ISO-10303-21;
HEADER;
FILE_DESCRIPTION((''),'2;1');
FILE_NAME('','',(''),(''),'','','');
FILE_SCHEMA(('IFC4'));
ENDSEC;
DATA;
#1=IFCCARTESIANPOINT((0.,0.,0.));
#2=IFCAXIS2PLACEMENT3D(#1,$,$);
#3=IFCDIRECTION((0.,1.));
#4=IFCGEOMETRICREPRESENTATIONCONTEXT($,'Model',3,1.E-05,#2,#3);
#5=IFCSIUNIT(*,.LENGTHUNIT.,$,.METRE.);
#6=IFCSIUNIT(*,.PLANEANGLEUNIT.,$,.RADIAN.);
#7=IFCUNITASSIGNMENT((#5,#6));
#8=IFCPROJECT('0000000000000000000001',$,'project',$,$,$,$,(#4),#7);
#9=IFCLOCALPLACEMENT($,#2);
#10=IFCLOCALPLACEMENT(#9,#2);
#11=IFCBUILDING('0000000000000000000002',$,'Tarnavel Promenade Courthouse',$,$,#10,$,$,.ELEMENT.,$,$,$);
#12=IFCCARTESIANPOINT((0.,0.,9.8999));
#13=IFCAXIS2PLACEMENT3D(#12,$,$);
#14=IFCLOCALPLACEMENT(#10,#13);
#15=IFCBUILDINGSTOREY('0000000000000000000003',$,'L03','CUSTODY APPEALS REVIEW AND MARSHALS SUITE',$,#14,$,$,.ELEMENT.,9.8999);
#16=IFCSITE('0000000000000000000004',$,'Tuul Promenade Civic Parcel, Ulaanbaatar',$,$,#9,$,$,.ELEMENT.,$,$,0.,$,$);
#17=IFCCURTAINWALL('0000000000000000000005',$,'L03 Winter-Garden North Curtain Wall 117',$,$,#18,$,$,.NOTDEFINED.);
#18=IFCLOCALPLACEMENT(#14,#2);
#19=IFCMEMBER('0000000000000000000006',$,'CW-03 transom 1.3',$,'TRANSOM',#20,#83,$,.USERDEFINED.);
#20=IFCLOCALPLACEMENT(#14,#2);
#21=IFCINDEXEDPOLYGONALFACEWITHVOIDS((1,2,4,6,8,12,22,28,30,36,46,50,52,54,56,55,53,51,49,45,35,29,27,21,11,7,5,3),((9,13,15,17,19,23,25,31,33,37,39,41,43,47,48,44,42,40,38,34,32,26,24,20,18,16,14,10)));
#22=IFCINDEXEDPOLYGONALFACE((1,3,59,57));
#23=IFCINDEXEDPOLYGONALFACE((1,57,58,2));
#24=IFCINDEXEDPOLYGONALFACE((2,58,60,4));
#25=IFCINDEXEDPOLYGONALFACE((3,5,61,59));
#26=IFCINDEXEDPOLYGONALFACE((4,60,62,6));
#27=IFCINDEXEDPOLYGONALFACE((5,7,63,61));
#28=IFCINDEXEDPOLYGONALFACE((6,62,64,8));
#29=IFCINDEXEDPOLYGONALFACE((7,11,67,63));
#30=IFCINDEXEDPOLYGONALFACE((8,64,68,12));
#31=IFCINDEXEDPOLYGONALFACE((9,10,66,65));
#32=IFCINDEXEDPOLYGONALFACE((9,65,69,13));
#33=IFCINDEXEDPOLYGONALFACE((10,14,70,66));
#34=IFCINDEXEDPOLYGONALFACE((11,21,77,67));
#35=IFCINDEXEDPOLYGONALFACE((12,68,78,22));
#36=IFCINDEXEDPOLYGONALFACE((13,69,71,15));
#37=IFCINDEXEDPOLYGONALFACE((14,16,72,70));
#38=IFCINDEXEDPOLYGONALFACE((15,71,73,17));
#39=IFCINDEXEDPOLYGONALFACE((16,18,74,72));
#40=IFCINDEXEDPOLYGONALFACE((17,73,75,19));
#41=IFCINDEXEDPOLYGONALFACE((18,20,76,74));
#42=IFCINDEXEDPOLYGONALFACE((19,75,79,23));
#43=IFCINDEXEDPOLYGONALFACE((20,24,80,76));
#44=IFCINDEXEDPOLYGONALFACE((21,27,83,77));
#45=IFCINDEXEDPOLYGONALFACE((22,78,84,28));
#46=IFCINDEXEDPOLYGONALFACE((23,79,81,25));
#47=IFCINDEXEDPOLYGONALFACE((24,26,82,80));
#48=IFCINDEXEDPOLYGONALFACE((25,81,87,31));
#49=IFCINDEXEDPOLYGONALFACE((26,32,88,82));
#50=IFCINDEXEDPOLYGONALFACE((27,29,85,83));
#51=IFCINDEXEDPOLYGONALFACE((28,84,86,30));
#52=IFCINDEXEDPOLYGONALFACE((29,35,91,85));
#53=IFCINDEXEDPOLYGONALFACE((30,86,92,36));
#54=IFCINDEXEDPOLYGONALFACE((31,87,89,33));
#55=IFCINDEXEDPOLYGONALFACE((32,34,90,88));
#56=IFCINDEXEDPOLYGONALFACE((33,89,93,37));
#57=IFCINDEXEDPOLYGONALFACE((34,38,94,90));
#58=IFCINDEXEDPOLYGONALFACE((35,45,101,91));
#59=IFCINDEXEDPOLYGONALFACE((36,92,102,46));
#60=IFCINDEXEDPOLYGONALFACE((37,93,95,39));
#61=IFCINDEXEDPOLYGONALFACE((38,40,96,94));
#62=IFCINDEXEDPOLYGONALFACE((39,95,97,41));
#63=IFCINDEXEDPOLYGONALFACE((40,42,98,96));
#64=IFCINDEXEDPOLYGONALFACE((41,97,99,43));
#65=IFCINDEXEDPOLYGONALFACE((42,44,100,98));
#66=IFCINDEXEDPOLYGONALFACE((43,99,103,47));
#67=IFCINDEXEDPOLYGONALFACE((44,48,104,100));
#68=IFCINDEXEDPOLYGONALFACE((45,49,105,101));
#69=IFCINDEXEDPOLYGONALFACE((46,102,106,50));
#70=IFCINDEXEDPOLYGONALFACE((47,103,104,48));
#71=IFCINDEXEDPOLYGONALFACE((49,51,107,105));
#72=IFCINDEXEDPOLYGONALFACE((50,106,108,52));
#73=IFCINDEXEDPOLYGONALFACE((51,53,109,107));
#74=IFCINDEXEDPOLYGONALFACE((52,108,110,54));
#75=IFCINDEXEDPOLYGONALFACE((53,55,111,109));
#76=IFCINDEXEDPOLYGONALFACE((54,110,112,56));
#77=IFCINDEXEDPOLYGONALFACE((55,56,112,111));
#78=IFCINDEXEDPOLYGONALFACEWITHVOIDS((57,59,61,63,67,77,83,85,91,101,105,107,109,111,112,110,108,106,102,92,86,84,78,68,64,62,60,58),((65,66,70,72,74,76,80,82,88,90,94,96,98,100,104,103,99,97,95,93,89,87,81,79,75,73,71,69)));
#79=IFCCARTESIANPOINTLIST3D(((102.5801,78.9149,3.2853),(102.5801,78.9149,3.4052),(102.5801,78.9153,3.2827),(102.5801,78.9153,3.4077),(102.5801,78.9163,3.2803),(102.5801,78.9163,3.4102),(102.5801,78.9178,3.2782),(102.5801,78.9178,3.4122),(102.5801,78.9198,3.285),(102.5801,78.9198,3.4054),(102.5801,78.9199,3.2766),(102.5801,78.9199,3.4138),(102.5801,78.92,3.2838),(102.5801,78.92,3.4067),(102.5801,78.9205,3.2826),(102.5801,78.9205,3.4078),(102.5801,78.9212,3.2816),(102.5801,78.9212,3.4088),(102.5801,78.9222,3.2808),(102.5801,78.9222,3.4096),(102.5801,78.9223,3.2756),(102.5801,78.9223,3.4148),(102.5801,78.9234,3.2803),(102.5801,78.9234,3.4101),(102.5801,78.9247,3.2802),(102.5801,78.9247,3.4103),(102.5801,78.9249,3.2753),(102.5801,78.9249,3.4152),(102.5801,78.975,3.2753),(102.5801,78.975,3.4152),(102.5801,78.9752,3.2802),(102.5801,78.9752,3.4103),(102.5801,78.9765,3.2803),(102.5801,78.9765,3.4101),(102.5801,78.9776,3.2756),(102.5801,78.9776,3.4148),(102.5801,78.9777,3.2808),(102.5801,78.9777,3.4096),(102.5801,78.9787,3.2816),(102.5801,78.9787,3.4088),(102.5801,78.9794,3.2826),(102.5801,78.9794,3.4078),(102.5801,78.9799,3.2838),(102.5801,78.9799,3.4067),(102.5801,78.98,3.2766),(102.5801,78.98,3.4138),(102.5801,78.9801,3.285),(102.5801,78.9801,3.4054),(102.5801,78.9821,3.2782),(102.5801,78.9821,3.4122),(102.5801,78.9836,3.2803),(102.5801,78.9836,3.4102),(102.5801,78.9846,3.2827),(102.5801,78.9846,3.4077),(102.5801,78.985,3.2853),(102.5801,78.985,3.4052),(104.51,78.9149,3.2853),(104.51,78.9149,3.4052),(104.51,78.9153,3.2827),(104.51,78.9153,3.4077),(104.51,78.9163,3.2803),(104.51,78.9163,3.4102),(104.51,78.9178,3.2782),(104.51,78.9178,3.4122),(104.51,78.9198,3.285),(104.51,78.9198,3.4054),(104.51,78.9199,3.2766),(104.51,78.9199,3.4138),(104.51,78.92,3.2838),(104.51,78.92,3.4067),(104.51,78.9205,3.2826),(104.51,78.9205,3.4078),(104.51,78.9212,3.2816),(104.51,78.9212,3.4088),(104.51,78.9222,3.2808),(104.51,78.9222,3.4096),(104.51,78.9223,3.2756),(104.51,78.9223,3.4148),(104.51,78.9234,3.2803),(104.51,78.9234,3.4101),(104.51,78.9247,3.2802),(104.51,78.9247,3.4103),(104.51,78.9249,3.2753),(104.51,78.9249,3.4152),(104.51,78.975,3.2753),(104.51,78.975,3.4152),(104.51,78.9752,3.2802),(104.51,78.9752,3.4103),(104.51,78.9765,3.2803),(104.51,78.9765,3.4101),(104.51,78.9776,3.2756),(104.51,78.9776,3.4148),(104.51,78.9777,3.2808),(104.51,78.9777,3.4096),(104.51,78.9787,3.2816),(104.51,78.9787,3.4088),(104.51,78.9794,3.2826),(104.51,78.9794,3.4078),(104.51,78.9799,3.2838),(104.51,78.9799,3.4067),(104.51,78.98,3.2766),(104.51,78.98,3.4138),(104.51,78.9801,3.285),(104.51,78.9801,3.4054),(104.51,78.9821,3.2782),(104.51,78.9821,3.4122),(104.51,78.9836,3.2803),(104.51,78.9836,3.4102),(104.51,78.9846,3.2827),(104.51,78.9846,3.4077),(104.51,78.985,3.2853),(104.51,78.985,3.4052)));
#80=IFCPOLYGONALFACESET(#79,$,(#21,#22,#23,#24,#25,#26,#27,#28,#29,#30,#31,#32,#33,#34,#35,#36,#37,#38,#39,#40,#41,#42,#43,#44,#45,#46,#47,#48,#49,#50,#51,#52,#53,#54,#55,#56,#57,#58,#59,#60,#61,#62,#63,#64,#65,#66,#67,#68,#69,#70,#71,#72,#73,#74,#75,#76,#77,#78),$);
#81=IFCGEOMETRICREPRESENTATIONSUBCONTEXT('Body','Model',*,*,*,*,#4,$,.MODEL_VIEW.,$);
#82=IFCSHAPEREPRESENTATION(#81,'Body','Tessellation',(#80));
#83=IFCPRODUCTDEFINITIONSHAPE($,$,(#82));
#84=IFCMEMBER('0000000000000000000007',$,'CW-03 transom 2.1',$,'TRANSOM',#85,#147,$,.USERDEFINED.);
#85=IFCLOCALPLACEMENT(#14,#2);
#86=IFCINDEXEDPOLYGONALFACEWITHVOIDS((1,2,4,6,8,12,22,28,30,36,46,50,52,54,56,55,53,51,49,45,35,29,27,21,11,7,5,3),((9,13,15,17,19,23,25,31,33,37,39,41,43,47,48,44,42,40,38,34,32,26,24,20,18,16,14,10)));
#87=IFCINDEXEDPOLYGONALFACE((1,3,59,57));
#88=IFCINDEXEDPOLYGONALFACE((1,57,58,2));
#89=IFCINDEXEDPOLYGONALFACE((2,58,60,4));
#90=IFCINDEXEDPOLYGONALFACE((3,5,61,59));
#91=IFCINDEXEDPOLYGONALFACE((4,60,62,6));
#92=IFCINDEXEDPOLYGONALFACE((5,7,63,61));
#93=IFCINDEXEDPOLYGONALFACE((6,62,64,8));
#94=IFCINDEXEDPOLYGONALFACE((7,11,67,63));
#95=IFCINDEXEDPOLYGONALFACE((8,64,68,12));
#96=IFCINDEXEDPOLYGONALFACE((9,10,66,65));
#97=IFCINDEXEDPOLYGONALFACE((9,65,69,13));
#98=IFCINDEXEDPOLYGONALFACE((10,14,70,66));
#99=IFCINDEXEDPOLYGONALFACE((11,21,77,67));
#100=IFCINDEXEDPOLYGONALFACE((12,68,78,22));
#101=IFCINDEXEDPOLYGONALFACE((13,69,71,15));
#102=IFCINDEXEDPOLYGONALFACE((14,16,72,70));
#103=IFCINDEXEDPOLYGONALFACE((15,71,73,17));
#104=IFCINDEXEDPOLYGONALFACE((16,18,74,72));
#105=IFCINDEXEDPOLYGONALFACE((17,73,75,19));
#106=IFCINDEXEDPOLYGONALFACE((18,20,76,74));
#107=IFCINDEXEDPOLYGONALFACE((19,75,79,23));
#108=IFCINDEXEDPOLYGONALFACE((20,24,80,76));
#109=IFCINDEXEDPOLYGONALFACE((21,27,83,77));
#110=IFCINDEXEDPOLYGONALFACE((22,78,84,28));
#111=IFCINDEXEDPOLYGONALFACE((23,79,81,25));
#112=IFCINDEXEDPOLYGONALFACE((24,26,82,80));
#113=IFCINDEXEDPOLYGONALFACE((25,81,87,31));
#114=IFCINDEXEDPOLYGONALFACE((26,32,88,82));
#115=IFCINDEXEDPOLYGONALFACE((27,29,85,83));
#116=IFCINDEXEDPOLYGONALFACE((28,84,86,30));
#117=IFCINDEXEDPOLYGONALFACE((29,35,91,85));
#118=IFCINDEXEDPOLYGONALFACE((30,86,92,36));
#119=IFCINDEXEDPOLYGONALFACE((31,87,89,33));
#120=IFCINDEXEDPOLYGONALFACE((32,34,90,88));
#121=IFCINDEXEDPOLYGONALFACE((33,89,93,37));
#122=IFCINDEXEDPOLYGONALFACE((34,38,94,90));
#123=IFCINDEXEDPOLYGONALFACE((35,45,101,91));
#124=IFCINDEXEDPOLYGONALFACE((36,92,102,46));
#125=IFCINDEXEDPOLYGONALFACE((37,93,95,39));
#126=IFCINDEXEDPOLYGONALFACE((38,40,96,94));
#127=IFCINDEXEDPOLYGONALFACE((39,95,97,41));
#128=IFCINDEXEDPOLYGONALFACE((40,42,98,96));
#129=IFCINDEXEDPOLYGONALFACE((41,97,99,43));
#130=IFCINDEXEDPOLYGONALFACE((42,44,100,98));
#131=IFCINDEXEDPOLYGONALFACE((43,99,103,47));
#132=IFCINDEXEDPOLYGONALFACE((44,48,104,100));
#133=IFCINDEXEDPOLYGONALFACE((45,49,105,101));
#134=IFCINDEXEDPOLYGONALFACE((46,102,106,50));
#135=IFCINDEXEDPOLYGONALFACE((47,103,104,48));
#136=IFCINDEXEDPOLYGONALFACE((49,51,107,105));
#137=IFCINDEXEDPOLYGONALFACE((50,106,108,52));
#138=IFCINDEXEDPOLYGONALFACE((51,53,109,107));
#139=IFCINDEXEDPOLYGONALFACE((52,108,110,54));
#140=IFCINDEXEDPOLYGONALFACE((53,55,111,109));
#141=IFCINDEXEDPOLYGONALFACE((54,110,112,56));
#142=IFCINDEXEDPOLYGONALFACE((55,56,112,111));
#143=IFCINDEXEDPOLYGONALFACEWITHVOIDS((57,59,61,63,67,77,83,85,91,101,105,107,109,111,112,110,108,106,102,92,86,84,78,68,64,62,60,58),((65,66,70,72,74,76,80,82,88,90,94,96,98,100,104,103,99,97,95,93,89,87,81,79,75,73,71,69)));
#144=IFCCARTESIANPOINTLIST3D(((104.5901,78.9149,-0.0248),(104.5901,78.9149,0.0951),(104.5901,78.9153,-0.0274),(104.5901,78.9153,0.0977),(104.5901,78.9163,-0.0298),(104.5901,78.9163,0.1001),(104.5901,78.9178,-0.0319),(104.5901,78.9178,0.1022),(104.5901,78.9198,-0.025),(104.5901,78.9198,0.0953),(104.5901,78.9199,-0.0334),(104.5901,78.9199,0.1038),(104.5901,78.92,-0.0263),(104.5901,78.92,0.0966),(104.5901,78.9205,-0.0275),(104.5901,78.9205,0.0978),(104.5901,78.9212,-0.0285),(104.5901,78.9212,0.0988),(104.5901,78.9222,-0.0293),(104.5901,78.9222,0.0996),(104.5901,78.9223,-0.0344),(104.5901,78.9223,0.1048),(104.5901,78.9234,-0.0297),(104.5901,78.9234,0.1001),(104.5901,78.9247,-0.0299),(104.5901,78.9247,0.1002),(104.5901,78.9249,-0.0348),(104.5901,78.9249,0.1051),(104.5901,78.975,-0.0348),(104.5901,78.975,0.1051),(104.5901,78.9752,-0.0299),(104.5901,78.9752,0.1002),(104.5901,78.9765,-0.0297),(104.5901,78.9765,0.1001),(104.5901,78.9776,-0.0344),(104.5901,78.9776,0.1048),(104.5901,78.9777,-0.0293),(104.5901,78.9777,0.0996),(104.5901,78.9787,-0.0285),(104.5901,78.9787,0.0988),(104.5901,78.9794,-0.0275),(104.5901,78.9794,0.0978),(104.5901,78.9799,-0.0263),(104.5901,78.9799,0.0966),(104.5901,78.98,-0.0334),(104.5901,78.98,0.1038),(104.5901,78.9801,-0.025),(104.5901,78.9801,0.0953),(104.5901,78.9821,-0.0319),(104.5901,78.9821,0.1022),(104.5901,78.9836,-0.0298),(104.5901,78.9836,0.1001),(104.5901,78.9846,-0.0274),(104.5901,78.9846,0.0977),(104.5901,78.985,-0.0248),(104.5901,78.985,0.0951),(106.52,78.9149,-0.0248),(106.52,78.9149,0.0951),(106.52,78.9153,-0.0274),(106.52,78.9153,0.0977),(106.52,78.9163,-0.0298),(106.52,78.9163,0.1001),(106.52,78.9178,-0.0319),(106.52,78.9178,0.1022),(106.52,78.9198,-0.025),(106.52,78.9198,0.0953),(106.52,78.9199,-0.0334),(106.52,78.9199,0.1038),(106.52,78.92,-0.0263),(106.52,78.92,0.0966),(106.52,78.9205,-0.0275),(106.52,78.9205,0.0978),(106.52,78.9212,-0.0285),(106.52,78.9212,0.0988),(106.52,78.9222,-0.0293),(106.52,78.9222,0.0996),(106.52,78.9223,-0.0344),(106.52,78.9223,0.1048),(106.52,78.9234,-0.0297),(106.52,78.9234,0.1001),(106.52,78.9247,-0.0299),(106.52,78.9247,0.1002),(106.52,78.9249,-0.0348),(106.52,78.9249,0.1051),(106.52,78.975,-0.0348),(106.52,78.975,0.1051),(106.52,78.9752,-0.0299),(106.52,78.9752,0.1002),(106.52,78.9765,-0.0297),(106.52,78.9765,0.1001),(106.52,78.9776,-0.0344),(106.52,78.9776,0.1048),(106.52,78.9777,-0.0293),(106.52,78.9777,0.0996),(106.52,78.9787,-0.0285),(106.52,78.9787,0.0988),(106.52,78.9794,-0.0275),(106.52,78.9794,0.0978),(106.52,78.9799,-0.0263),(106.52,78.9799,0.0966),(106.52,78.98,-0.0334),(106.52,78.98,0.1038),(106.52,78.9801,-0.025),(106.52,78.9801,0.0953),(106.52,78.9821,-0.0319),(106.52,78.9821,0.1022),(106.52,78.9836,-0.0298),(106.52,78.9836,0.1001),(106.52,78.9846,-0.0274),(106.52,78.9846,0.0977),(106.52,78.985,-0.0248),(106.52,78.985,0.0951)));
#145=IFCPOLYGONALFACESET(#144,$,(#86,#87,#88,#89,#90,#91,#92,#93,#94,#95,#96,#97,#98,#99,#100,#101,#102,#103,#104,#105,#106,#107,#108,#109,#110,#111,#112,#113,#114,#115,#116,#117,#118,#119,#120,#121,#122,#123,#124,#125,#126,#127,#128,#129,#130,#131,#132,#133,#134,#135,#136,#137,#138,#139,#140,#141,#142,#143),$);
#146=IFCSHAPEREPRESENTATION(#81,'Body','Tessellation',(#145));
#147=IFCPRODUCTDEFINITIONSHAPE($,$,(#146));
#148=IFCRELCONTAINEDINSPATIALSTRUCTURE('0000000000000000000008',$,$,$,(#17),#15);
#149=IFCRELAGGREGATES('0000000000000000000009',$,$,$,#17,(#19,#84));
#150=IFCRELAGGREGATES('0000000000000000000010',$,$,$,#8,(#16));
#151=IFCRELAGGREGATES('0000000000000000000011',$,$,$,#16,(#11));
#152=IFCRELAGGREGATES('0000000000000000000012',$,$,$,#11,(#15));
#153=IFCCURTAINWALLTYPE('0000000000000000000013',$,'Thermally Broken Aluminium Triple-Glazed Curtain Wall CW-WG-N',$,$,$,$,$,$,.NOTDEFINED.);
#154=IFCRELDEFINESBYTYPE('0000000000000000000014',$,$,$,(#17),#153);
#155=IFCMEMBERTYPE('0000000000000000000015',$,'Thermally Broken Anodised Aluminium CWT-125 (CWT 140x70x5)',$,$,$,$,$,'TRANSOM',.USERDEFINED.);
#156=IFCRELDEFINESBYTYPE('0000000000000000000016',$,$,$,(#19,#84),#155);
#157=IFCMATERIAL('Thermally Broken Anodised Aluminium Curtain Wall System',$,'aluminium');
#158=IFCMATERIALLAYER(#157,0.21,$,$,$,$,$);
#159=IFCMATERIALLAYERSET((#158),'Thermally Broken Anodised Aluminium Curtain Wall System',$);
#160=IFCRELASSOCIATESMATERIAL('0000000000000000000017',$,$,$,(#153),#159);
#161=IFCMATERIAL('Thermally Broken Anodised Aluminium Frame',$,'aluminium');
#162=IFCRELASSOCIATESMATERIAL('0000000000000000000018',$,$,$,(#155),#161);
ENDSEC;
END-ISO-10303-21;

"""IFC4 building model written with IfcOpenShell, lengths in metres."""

from ifc_helpers import new_model, si_unit, direction, frame, origin, origin_2d, place, context, subcontext, project, spatial, hollow_rectangle, extrude, material, layer, layer_set, material_profile, profile_set, type_object, element, aggregate, save


model = new_model("IFC4")

# Units and contexts
model_context = context("Model", 3, precision=1e-05, world=origin(), true_north=direction((0.0, 1.0)))
body_context = subcontext(model_context, "Body", "Model", "MODEL_VIEW")
ifc_project = project(units=[si_unit("LENGTHUNIT", "METRE"), si_unit("PLANEANGLEUNIT", "RADIAN")], contexts=[model_context])

# Site, building, storey
site_placement = place(None, origin())
site = spatial("IfcSite", under=ifc_project, at=site_placement, Name="Tuul Promenade Civic Parcel, Ulaanbaatar", CompositionType="ELEMENT", RefElevation=0.0)
building_placement = place(site_placement, origin())
building = spatial("IfcBuilding", under=site, at=building_placement, Name="Tarnavel Promenade Courthouse", CompositionType="ELEMENT")
storey_placement = place(building_placement, frame((0.0, 0.0, 9.8999)))
storey = spatial("IfcBuildingStorey", under=building, at=storey_placement, Name="L03", Description="CUSTODY APPEALS REVIEW AND MARSHALS SUITE", CompositionType="ELEMENT", Elevation=9.8999)

# Curtain wall
ifc_material_1 = material(Name="Thermally Broken Anodised Aluminium Curtain Wall System", Category="aluminium")
ifc_layer_1 = layer(ifc_material_1, 0.21)
ifc_layer_set_1 = layer_set([ifc_layer_1], Name="Thermally Broken Anodised Aluminium Curtain Wall System")
curtain_wall_type = type_object("IfcCurtainWallType", Name="Thermally Broken Aluminium Triple-Glazed Curtain Wall CW-WG-N", PredefinedType="NOTDEFINED", material=ifc_layer_set_1)
curtain_wall_1_placement = place(storey_placement, origin())
curtain_wall_1 = element("IfcCurtainWall", 1, at=curtain_wall_1_placement, inside=storey, type_object=curtain_wall_type, Name="L03 Winter-Garden North Curtain Wall 117", PredefinedType="NOTDEFINED")
ifc_material_2 = material(Name="Thermally Broken Anodised Aluminium Frame", Category="aluminium")

# Members
ifc_material_profile_1 = material_profile(ifc_material_2, hollow_rectangle(XDim=0.0701, YDim=0.1399, WallThickness=0.0049, InnerFilletRadius=0.0049, OuterFilletRadius=0.01, at=origin_2d()), Name="CWT 140x70x5")
ifc_profile_set_1 = profile_set([ifc_material_profile_1], Name="Thermally Broken Anodised Aluminium Frame")
member_type_1 = type_object("IfcMemberType", Name="Thermally Broken Anodised Aluminium CWT-125 (CWT 140x70x5)", ElementType="TRANSOM", PredefinedType="USERDEFINED", material=ifc_profile_set_1)
member_1_placement = place(storey_placement, frame((102.5801, 78.95, 3.3452), z_axis=(1.0, 0.0, 0.0), x_axis=(0.0, 1.0, 0.0)))
member_1 = element("IfcMember", 2, at=member_1_placement, type_object=member_type_1, Name="CW-03 transom 1.3", ObjectType="TRANSOM", PredefinedType="USERDEFINED", context=body_context, shape_type="SweptSolid", body=[
    extrude(hollow_rectangle(XDim=0.0701, YDim=0.1399, WallThickness=0.0049, InnerFilletRadius=0.0049, OuterFilletRadius=0.01, at=origin_2d()), origin(), (0.0, 0.0, 1.0), 1.9299),
])
member_2_placement = place(storey_placement, frame((104.5901, 78.95, 0.0352), z_axis=(1.0, 0.0, 0.0), x_axis=(0.0, 1.0, 0.0)))
member_2 = element("IfcMember", 3, at=member_2_placement, type_object=member_type_1, Name="CW-03 transom 2.1", ObjectType="TRANSOM", PredefinedType="USERDEFINED", context=body_context, shape_type="SweptSolid", body=[
    extrude(hollow_rectangle(XDim=0.0701, YDim=0.1399, WallThickness=0.0049, InnerFilletRadius=0.0049, OuterFilletRadius=0.01, at=origin_2d()), origin(), (0.0, 0.0, 1.0), 1.9299),
])

aggregate(curtain_wall_1, [member_1, member_2])

save(model, "model.ifc")
